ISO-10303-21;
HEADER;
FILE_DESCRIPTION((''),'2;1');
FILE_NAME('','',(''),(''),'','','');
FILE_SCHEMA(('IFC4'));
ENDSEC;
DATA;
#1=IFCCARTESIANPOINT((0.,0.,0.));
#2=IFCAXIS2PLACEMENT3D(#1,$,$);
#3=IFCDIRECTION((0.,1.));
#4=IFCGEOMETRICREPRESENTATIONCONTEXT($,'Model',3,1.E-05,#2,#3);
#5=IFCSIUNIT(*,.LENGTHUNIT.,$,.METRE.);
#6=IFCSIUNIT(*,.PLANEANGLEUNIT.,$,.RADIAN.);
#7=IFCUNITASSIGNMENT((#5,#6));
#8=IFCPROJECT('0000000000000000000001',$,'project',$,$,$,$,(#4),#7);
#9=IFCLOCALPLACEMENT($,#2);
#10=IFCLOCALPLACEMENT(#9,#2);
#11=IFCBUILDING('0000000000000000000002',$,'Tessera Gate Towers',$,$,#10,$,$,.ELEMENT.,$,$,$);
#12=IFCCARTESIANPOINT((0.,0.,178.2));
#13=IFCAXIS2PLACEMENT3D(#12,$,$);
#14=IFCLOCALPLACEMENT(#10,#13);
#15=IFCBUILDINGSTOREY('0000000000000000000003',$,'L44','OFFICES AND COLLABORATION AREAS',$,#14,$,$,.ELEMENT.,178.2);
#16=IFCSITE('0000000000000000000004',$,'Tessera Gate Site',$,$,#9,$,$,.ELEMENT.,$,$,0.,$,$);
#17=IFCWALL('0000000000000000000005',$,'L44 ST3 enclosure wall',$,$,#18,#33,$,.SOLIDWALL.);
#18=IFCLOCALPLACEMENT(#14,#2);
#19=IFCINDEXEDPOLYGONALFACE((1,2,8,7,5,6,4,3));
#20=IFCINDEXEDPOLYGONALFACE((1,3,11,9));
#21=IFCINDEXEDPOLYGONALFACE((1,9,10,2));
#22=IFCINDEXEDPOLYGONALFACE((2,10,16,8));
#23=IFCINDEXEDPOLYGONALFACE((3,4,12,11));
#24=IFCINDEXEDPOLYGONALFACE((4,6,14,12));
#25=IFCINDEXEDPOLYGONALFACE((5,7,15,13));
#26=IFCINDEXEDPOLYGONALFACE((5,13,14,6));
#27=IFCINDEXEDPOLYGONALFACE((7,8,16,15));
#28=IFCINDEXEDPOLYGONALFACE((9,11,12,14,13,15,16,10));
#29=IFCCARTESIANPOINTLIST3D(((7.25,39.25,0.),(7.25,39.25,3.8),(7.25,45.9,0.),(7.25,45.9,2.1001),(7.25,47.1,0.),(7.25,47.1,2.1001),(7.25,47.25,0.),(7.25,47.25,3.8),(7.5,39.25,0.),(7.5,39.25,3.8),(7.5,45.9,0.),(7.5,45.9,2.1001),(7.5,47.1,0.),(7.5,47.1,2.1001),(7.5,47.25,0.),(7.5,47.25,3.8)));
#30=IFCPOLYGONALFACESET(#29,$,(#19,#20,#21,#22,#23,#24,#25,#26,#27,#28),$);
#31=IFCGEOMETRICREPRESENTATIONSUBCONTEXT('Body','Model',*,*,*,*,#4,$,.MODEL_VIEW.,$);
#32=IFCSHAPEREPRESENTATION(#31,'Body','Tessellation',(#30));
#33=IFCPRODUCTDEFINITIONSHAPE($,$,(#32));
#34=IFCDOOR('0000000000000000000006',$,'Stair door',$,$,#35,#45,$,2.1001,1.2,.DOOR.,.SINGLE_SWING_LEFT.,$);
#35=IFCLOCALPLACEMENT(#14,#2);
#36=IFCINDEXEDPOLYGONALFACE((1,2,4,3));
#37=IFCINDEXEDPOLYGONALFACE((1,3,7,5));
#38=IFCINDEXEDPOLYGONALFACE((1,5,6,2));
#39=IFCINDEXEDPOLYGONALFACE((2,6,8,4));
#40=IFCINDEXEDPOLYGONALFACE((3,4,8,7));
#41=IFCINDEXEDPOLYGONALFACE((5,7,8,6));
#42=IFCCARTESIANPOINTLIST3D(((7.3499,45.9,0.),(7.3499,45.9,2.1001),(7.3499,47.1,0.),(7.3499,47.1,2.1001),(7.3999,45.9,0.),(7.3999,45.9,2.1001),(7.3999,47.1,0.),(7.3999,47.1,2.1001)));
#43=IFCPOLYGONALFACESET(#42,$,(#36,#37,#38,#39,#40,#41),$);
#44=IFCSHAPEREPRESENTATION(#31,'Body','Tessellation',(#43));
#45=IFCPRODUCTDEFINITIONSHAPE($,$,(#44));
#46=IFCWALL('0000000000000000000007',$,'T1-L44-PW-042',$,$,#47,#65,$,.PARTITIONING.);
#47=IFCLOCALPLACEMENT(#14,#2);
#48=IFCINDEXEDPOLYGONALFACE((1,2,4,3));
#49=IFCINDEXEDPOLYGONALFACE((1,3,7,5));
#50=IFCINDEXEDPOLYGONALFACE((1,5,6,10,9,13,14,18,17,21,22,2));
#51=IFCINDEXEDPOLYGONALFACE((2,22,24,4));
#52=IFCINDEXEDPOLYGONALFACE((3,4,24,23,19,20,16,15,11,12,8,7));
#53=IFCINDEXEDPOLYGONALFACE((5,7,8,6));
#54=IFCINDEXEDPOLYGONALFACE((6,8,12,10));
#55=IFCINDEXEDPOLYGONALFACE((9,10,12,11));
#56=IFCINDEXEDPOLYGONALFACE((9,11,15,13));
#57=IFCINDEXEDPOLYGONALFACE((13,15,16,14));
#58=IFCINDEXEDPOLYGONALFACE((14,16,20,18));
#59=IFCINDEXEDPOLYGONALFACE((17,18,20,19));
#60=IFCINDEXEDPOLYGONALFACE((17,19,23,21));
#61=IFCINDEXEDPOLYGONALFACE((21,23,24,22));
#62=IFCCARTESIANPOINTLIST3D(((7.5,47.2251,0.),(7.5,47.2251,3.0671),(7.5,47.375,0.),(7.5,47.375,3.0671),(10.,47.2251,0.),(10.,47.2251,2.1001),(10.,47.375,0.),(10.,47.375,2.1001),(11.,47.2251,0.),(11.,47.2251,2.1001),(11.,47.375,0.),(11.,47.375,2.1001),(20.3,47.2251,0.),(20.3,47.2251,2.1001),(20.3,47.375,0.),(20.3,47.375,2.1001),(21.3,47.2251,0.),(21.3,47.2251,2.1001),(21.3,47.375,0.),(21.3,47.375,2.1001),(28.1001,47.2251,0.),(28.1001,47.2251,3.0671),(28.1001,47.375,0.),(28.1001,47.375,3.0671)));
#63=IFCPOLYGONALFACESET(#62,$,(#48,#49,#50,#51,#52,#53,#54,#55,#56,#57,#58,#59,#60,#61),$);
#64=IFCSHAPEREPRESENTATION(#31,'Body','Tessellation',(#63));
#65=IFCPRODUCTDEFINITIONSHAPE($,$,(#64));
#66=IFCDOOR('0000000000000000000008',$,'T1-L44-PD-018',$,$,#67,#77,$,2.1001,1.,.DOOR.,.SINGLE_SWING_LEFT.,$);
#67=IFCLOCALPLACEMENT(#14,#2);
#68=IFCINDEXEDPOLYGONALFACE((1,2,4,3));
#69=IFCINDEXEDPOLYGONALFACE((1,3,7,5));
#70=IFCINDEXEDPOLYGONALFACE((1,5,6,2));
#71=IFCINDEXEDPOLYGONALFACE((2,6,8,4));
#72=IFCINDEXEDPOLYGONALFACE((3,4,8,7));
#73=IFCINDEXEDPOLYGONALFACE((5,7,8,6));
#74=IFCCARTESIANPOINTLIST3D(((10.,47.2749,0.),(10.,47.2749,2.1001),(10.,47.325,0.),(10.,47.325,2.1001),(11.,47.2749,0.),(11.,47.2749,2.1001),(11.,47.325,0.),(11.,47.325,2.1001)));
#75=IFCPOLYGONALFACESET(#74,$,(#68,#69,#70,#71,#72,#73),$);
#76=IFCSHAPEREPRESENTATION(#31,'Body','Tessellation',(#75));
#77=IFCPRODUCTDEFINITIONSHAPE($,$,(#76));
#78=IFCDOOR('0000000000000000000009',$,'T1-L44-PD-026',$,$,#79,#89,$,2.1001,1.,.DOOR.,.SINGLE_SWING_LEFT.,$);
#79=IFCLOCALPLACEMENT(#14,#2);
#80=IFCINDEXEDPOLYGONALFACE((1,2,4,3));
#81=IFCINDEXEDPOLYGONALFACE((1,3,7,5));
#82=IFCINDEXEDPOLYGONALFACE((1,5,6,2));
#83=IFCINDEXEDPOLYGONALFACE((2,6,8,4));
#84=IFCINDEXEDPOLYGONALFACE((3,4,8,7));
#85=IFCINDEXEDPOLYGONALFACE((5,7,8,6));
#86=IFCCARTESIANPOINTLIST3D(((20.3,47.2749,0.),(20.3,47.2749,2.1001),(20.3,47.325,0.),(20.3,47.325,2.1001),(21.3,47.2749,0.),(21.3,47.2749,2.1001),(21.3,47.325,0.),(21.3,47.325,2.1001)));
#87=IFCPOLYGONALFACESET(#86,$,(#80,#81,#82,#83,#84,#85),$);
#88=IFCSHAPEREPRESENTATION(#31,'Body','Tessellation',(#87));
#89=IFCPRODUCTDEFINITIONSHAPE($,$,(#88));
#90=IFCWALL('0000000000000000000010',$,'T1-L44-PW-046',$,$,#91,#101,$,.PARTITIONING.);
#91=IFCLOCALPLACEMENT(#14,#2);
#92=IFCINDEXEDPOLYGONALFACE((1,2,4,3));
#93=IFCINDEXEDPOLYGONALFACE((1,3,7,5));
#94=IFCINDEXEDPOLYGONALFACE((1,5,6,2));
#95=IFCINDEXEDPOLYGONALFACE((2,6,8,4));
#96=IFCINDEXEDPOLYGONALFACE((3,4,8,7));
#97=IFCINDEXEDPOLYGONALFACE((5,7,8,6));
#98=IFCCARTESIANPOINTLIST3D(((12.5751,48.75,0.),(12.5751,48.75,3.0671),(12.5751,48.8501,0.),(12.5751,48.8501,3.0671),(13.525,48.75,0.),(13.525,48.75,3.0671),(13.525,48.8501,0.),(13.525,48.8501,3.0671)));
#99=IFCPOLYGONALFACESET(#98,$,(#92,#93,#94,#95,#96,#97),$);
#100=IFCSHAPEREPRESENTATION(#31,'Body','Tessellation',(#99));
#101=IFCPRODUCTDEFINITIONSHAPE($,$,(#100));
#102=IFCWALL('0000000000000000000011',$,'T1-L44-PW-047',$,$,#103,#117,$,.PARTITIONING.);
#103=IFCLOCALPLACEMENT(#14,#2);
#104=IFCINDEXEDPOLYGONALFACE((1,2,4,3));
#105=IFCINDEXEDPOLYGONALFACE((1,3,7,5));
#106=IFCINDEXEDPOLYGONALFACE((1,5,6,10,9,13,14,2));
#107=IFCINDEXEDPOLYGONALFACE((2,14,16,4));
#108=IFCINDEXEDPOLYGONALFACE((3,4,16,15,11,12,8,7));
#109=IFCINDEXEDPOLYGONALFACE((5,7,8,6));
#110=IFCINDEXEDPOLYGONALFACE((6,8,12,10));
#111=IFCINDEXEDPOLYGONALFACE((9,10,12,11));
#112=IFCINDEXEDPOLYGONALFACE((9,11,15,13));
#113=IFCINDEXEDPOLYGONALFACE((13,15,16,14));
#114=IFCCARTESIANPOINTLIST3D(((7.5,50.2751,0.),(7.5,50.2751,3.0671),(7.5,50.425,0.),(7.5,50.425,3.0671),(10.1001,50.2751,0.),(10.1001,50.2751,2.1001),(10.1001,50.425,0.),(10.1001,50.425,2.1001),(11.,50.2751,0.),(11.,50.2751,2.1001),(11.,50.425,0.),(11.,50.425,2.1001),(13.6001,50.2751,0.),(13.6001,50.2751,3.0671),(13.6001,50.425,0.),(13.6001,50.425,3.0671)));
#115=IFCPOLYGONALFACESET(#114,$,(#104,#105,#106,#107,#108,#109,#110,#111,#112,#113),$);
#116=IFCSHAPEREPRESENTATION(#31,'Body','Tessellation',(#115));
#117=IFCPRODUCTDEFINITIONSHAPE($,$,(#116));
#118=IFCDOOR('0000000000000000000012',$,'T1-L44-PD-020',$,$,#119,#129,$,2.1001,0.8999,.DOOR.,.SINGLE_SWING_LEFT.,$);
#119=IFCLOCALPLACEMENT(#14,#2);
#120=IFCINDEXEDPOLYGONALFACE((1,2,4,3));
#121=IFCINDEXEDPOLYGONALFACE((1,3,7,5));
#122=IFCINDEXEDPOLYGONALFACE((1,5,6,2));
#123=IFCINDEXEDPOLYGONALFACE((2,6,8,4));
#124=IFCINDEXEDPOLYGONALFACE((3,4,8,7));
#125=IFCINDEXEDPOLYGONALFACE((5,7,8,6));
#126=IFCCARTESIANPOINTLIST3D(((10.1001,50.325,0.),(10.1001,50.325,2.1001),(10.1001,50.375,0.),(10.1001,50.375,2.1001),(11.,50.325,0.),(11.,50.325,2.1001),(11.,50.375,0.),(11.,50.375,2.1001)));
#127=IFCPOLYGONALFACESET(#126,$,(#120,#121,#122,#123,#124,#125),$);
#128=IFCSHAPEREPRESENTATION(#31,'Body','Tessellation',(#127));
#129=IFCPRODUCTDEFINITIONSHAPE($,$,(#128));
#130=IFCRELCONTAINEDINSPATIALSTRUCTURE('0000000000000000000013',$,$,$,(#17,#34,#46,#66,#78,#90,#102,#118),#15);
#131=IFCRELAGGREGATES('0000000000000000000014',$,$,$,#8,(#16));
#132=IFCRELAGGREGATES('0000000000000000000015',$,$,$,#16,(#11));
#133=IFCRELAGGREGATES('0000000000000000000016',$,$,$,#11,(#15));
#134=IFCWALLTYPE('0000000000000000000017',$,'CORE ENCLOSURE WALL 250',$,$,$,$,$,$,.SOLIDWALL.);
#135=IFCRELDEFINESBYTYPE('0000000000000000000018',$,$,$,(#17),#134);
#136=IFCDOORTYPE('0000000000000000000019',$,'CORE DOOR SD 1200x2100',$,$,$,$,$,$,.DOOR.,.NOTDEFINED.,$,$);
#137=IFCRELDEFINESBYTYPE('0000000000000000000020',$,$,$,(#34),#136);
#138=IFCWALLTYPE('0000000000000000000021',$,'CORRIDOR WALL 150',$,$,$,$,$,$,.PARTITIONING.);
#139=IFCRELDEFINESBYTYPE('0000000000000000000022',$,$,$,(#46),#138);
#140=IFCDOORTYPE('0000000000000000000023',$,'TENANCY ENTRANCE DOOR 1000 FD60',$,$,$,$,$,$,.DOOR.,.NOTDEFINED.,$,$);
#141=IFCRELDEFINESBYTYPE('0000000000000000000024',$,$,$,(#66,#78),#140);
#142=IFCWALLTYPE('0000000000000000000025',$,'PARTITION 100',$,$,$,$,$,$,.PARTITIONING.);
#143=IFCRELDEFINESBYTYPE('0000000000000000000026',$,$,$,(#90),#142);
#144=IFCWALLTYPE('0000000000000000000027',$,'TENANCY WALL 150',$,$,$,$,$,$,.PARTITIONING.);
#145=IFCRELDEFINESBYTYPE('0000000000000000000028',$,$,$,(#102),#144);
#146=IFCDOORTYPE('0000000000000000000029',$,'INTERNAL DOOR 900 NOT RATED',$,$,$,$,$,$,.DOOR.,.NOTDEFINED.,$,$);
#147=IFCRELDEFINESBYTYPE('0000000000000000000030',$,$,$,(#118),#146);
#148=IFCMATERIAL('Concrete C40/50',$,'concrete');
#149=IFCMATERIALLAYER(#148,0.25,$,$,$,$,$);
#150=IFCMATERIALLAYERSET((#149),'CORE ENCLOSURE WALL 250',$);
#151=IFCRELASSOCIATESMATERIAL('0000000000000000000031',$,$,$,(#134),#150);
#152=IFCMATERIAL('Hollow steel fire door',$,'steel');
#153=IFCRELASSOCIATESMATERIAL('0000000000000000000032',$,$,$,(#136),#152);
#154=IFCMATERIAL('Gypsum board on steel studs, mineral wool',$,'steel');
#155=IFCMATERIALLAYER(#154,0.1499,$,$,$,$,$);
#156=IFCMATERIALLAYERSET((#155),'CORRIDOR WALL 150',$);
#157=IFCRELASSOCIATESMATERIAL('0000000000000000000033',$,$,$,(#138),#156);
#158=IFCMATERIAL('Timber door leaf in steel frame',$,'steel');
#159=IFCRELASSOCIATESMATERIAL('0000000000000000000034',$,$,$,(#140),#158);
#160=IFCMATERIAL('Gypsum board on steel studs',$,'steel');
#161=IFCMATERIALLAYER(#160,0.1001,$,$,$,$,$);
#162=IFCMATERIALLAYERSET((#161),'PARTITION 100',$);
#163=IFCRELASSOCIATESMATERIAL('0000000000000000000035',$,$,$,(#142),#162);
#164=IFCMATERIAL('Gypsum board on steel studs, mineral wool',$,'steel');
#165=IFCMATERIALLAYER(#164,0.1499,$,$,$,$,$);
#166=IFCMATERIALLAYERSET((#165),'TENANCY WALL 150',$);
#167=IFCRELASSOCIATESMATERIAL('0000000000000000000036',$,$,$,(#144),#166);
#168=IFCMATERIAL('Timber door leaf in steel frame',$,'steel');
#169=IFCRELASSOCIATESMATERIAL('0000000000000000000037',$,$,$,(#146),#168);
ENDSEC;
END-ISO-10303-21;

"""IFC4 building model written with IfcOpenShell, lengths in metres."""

from ifc_helpers import new_model, si_unit, direction, frame, frame_2d, origin, place, context, subcontext, project, spatial, rectangle, extrude, source, transform, mapped, material, layer, layer_set, type_object, element, fill, save


model = new_model("IFC4")

# Units and contexts
model_context = context("Model", 3, precision=1e-05, world=origin(), true_north=direction((0.0, 1.0)))
body_context = subcontext(model_context, "Body", "Model", "MODEL_VIEW")
ifc_project = project(units=[si_unit("LENGTHUNIT", "METRE"), si_unit("PLANEANGLEUNIT", "RADIAN")], contexts=[model_context])

# Site, building, storey
site_placement = place(None, origin())
site = spatial("IfcSite", under=ifc_project, at=site_placement, Name="Tessera Gate Site", CompositionType="ELEMENT", RefElevation=0.0)
building_placement = place(site_placement, origin())
building = spatial("IfcBuilding", under=site, at=building_placement, Name="Tessera Gate Towers", CompositionType="ELEMENT")
storey_placement = place(building_placement, frame((0.0, 0.0, 178.2)))
storey = spatial("IfcBuildingStorey", under=building, at=storey_placement, Name="L44", Description="OFFICES AND COLLABORATION AREAS", CompositionType="ELEMENT", Elevation=178.2)

# Shared definitions
ifc_material_1 = material(Name="Concrete C40/50", Category="concrete")
ifc_layer_1 = layer(ifc_material_1, 0.25)
ifc_layer_set_1 = layer_set([ifc_layer_1], Name="CORE ENCLOSURE WALL 250")
wall_type_1 = type_object("IfcWallType", Name="CORE ENCLOSURE WALL 250", PredefinedType="SOLIDWALL", material=ifc_layer_set_1)

# Wall, opening, door
wall_1_placement = place(storey_placement, frame((7.375, 47.25, 0.0), z_axis=(0.0, 0.0, 1.0), x_axis=(0.0, -1.0, 0.0)))
wall_1 = element("IfcWall", 1, at=wall_1_placement, inside=storey, type_object=wall_type_1, Name="L44 ST3 enclosure wall", PredefinedType="SOLIDWALL", context=body_context, shape_type="SweptSolid", body=[
    extrude(rectangle(XDim=8.0, YDim=0.25, at=frame_2d((4.0, 0.0))), origin(), (0.0, 0.0, 1.0), 3.8),
])
shared_shape_1 = source(origin(), body_context, "Body", "SweptSolid", [
    extrude(rectangle(XDim=1.2, YDim=2.1001, at=frame_2d((0.6001, 1.05))), frame((0.0, 0.135, 0.0), z_axis=(0.0, -1.0, 0.0), x_axis=(1.0, 0.0, 0.0)), (0.0, 0.0, 1.0), 0.27),
])
opening_1_placement = place(wall_1_placement, frame((0.1499, 0.0, 0.0)))
opening_1 = element("IfcOpeningElement", 2, at=opening_1_placement, cuts=wall_1, PredefinedType="OPENING", context=body_context, shape_type="MappedRepresentation", body=[
    mapped(shared_shape_1, transform((0.0, 0.0, 0.0), scale=1.0)),
])
ifc_material_2 = material(Name="Hollow steel fire door", Category="steel")
door_type_1 = type_object("IfcDoorType", Name="CORE DOOR SD 1200x2100", OperationType="NOTDEFINED", PredefinedType="DOOR", material=ifc_material_2)
shared_shape_2 = source(origin(), body_context, "Body", "SweptSolid", [
    extrude(rectangle(XDim=1.2, YDim=2.1001, at=frame_2d((0.6001, 1.05))), frame((0.0, 0.0249, 0.0), z_axis=(0.0, -1.0, 0.0), x_axis=(1.0, 0.0, 0.0)), (0.0, 0.0, 1.0), 0.05),
])
door_1_placement = place(opening_1_placement, origin())
door_1 = element("IfcDoor", 3, at=door_1_placement, inside=storey, type_object=door_type_1, Name="Stair door", OperationType="SINGLE_SWING_LEFT", OverallHeight=2.1001, OverallWidth=1.2, PredefinedType="DOOR", context=body_context, shape_type="MappedRepresentation", body=[
    mapped(shared_shape_2, transform((0.0, 0.0, 0.0), scale=1.0)),
])
fill(opening_1, door_1)

# Wall, openings, doors
ifc_material_3 = material(Name="Gypsum board on steel studs, mineral wool", Category="steel")
ifc_layer_2 = layer(ifc_material_3, 0.1499)
ifc_layer_set_2 = layer_set([ifc_layer_2], Name="CORRIDOR WALL 150")
wall_type_2 = type_object("IfcWallType", Name="CORRIDOR WALL 150", PredefinedType="PARTITIONING", material=ifc_layer_set_2)
wall_2_placement = place(storey_placement, frame((7.5, 47.3, 0.0), z_axis=(0.0, 0.0, 1.0), x_axis=(1.0, 0.0, 0.0)))
wall_2 = element("IfcWall", 4, at=wall_2_placement, inside=storey, type_object=wall_type_2, Name="T1-L44-PW-042", PredefinedType="PARTITIONING", context=body_context, shape_type="SweptSolid", body=[
    extrude(rectangle(XDim=20.6001, YDim=0.1499, at=frame_2d((10.3, 0.0))), origin(), (0.0, 0.0, 1.0), 3.0671),
])
shared_shape_3 = source(origin(), body_context, "Body", "SweptSolid", [
    extrude(rectangle(XDim=1.0, YDim=2.1001, at=frame_2d((0.5, 1.05))), frame((0.0, 0.085, 0.0), z_axis=(0.0, -1.0, 0.0), x_axis=(1.0, 0.0, 0.0)), (0.0, 0.0, 1.0), 0.1699),
])
opening_2_placement = place(wall_2_placement, frame((2.5, 0.0, 0.0)))
opening_2 = element("IfcOpeningElement", 5, at=opening_2_placement, cuts=wall_2, PredefinedType="OPENING", context=body_context, shape_type="MappedRepresentation", body=[
    mapped(shared_shape_3, transform((0.0, 0.0, 0.0), scale=1.0)),
])
opening_3_placement = place(wall_2_placement, frame((12.8, 0.0, 0.0)))
opening_3 = element("IfcOpeningElement", 6, at=opening_3_placement, cuts=wall_2, PredefinedType="OPENING", context=body_context, shape_type="MappedRepresentation", body=[
    mapped(shared_shape_3, transform((0.0, 0.0, 0.0), scale=1.0)),
])
ifc_material_4 = material(Name="Timber door leaf in steel frame", Category="steel")
door_type_2 = type_object("IfcDoorType", Name="TENANCY ENTRANCE DOOR 1000 FD60", OperationType="NOTDEFINED", PredefinedType="DOOR", material=ifc_material_4)
shared_shape_4 = source(origin(), body_context, "Body", "SweptSolid", [
    extrude(rectangle(XDim=1.0, YDim=2.1001, at=frame_2d((0.5, 1.05))), frame((0.0, 0.0249, 0.0), z_axis=(0.0, -1.0, 0.0), x_axis=(1.0, 0.0, 0.0)), (0.0, 0.0, 1.0), 0.05),
])
door_2_placement = place(opening_2_placement, origin())
door_2 = element("IfcDoor", 7, at=door_2_placement, inside=storey, type_object=door_type_2, Name="T1-L44-PD-018", OperationType="SINGLE_SWING_LEFT", OverallHeight=2.1001, OverallWidth=1.0, PredefinedType="DOOR", context=body_context, shape_type="MappedRepresentation", body=[
    mapped(shared_shape_4, transform((0.0, 0.0, 0.0), scale=1.0)),
])
fill(opening_2, door_2)
door_3_placement = place(opening_3_placement, origin())
door_3 = element("IfcDoor", 8, at=door_3_placement, inside=storey, type_object=door_type_2, Name="T1-L44-PD-026", OperationType="SINGLE_SWING_LEFT", OverallHeight=2.1001, OverallWidth=1.0, PredefinedType="DOOR", context=body_context, shape_type="MappedRepresentation", body=[
    mapped(shared_shape_4, transform((0.0, 0.0, 0.0), scale=1.0)),
])
fill(opening_3, door_3)

# Wall
ifc_material_5 = material(Name="Gypsum board on steel studs", Category="steel")
ifc_layer_3 = layer(ifc_material_5, 0.1001)
ifc_layer_set_3 = layer_set([ifc_layer_3], Name="PARTITION 100")
wall_type_3 = type_object("IfcWallType", Name="PARTITION 100", PredefinedType="PARTITIONING", material=ifc_layer_set_3)
wall_3_placement = place(storey_placement, frame((12.575, 48.8, 0.0), z_axis=(0.0, 0.0, 1.0), x_axis=(1.0, 0.0, 0.0)))
element("IfcWall", 9, at=wall_3_placement, inside=storey, type_object=wall_type_3, Name="T1-L44-PW-046", PredefinedType="PARTITIONING", context=body_context, shape_type="SweptSolid", body=[
    extrude(rectangle(XDim=0.95, YDim=0.1001, at=frame_2d((0.4751, 0.0))), origin(), (0.0, 0.0, 1.0), 3.0671),
])

# Wall, opening, door
ifc_material_6 = material(Name="Gypsum board on steel studs, mineral wool", Category="steel")
ifc_layer_4 = layer(ifc_material_6, 0.1499)
ifc_layer_set_4 = layer_set([ifc_layer_4], Name="TENANCY WALL 150")
wall_type_4 = type_object("IfcWallType", Name="TENANCY WALL 150", PredefinedType="PARTITIONING", material=ifc_layer_set_4)
wall_4_placement = place(storey_placement, frame((7.5, 50.3501, 0.0), z_axis=(0.0, 0.0, 1.0), x_axis=(1.0, 0.0, 0.0)))
wall_4 = element("IfcWall", 10, at=wall_4_placement, inside=storey, type_object=wall_type_4, Name="T1-L44-PW-047", PredefinedType="PARTITIONING", context=body_context, shape_type="SweptSolid", body=[
    extrude(rectangle(XDim=6.1001, YDim=0.1499, at=frame_2d((3.05, 0.0))), origin(), (0.0, 0.0, 1.0), 3.0671),
])
shared_shape_5 = source(origin(), body_context, "Body", "SweptSolid", [
    extrude(rectangle(XDim=0.8999, YDim=2.1001, at=frame_2d((0.45, 1.05))), frame((0.0, 0.085, 0.0), z_axis=(0.0, -1.0, 0.0), x_axis=(1.0, 0.0, 0.0)), (0.0, 0.0, 1.0), 0.1699),
])
opening_4_placement = place(wall_4_placement, frame((2.6001, 0.0, 0.0)))
opening_4 = element("IfcOpeningElement", 11, at=opening_4_placement, cuts=wall_4, PredefinedType="OPENING", context=body_context, shape_type="MappedRepresentation", body=[
    mapped(shared_shape_5, transform((0.0, 0.0, 0.0), scale=1.0)),
])
ifc_material_7 = material(Name="Timber door leaf in steel frame", Category="steel")
door_type_3 = type_object("IfcDoorType", Name="INTERNAL DOOR 900 NOT RATED", OperationType="NOTDEFINED", PredefinedType="DOOR", material=ifc_material_7)
shared_shape_6 = source(origin(), body_context, "Body", "SweptSolid", [
    extrude(rectangle(XDim=0.8999, YDim=2.1001, at=frame_2d((0.45, 1.05))), frame((0.0, 0.0249, 0.0), z_axis=(0.0, -1.0, 0.0), x_axis=(1.0, 0.0, 0.0)), (0.0, 0.0, 1.0), 0.05),
])
door_4_placement = place(opening_4_placement, origin())
door_4 = element("IfcDoor", 12, at=door_4_placement, inside=storey, type_object=door_type_3, Name="T1-L44-PD-020", OperationType="SINGLE_SWING_LEFT", OverallHeight=2.1001, OverallWidth=0.8999, PredefinedType="DOOR", context=body_context, shape_type="MappedRepresentation", body=[
    mapped(shared_shape_6, transform((0.0, 0.0, 0.0), scale=1.0)),
])
fill(opening_4, door_4)

save(model, "model.ifc")
